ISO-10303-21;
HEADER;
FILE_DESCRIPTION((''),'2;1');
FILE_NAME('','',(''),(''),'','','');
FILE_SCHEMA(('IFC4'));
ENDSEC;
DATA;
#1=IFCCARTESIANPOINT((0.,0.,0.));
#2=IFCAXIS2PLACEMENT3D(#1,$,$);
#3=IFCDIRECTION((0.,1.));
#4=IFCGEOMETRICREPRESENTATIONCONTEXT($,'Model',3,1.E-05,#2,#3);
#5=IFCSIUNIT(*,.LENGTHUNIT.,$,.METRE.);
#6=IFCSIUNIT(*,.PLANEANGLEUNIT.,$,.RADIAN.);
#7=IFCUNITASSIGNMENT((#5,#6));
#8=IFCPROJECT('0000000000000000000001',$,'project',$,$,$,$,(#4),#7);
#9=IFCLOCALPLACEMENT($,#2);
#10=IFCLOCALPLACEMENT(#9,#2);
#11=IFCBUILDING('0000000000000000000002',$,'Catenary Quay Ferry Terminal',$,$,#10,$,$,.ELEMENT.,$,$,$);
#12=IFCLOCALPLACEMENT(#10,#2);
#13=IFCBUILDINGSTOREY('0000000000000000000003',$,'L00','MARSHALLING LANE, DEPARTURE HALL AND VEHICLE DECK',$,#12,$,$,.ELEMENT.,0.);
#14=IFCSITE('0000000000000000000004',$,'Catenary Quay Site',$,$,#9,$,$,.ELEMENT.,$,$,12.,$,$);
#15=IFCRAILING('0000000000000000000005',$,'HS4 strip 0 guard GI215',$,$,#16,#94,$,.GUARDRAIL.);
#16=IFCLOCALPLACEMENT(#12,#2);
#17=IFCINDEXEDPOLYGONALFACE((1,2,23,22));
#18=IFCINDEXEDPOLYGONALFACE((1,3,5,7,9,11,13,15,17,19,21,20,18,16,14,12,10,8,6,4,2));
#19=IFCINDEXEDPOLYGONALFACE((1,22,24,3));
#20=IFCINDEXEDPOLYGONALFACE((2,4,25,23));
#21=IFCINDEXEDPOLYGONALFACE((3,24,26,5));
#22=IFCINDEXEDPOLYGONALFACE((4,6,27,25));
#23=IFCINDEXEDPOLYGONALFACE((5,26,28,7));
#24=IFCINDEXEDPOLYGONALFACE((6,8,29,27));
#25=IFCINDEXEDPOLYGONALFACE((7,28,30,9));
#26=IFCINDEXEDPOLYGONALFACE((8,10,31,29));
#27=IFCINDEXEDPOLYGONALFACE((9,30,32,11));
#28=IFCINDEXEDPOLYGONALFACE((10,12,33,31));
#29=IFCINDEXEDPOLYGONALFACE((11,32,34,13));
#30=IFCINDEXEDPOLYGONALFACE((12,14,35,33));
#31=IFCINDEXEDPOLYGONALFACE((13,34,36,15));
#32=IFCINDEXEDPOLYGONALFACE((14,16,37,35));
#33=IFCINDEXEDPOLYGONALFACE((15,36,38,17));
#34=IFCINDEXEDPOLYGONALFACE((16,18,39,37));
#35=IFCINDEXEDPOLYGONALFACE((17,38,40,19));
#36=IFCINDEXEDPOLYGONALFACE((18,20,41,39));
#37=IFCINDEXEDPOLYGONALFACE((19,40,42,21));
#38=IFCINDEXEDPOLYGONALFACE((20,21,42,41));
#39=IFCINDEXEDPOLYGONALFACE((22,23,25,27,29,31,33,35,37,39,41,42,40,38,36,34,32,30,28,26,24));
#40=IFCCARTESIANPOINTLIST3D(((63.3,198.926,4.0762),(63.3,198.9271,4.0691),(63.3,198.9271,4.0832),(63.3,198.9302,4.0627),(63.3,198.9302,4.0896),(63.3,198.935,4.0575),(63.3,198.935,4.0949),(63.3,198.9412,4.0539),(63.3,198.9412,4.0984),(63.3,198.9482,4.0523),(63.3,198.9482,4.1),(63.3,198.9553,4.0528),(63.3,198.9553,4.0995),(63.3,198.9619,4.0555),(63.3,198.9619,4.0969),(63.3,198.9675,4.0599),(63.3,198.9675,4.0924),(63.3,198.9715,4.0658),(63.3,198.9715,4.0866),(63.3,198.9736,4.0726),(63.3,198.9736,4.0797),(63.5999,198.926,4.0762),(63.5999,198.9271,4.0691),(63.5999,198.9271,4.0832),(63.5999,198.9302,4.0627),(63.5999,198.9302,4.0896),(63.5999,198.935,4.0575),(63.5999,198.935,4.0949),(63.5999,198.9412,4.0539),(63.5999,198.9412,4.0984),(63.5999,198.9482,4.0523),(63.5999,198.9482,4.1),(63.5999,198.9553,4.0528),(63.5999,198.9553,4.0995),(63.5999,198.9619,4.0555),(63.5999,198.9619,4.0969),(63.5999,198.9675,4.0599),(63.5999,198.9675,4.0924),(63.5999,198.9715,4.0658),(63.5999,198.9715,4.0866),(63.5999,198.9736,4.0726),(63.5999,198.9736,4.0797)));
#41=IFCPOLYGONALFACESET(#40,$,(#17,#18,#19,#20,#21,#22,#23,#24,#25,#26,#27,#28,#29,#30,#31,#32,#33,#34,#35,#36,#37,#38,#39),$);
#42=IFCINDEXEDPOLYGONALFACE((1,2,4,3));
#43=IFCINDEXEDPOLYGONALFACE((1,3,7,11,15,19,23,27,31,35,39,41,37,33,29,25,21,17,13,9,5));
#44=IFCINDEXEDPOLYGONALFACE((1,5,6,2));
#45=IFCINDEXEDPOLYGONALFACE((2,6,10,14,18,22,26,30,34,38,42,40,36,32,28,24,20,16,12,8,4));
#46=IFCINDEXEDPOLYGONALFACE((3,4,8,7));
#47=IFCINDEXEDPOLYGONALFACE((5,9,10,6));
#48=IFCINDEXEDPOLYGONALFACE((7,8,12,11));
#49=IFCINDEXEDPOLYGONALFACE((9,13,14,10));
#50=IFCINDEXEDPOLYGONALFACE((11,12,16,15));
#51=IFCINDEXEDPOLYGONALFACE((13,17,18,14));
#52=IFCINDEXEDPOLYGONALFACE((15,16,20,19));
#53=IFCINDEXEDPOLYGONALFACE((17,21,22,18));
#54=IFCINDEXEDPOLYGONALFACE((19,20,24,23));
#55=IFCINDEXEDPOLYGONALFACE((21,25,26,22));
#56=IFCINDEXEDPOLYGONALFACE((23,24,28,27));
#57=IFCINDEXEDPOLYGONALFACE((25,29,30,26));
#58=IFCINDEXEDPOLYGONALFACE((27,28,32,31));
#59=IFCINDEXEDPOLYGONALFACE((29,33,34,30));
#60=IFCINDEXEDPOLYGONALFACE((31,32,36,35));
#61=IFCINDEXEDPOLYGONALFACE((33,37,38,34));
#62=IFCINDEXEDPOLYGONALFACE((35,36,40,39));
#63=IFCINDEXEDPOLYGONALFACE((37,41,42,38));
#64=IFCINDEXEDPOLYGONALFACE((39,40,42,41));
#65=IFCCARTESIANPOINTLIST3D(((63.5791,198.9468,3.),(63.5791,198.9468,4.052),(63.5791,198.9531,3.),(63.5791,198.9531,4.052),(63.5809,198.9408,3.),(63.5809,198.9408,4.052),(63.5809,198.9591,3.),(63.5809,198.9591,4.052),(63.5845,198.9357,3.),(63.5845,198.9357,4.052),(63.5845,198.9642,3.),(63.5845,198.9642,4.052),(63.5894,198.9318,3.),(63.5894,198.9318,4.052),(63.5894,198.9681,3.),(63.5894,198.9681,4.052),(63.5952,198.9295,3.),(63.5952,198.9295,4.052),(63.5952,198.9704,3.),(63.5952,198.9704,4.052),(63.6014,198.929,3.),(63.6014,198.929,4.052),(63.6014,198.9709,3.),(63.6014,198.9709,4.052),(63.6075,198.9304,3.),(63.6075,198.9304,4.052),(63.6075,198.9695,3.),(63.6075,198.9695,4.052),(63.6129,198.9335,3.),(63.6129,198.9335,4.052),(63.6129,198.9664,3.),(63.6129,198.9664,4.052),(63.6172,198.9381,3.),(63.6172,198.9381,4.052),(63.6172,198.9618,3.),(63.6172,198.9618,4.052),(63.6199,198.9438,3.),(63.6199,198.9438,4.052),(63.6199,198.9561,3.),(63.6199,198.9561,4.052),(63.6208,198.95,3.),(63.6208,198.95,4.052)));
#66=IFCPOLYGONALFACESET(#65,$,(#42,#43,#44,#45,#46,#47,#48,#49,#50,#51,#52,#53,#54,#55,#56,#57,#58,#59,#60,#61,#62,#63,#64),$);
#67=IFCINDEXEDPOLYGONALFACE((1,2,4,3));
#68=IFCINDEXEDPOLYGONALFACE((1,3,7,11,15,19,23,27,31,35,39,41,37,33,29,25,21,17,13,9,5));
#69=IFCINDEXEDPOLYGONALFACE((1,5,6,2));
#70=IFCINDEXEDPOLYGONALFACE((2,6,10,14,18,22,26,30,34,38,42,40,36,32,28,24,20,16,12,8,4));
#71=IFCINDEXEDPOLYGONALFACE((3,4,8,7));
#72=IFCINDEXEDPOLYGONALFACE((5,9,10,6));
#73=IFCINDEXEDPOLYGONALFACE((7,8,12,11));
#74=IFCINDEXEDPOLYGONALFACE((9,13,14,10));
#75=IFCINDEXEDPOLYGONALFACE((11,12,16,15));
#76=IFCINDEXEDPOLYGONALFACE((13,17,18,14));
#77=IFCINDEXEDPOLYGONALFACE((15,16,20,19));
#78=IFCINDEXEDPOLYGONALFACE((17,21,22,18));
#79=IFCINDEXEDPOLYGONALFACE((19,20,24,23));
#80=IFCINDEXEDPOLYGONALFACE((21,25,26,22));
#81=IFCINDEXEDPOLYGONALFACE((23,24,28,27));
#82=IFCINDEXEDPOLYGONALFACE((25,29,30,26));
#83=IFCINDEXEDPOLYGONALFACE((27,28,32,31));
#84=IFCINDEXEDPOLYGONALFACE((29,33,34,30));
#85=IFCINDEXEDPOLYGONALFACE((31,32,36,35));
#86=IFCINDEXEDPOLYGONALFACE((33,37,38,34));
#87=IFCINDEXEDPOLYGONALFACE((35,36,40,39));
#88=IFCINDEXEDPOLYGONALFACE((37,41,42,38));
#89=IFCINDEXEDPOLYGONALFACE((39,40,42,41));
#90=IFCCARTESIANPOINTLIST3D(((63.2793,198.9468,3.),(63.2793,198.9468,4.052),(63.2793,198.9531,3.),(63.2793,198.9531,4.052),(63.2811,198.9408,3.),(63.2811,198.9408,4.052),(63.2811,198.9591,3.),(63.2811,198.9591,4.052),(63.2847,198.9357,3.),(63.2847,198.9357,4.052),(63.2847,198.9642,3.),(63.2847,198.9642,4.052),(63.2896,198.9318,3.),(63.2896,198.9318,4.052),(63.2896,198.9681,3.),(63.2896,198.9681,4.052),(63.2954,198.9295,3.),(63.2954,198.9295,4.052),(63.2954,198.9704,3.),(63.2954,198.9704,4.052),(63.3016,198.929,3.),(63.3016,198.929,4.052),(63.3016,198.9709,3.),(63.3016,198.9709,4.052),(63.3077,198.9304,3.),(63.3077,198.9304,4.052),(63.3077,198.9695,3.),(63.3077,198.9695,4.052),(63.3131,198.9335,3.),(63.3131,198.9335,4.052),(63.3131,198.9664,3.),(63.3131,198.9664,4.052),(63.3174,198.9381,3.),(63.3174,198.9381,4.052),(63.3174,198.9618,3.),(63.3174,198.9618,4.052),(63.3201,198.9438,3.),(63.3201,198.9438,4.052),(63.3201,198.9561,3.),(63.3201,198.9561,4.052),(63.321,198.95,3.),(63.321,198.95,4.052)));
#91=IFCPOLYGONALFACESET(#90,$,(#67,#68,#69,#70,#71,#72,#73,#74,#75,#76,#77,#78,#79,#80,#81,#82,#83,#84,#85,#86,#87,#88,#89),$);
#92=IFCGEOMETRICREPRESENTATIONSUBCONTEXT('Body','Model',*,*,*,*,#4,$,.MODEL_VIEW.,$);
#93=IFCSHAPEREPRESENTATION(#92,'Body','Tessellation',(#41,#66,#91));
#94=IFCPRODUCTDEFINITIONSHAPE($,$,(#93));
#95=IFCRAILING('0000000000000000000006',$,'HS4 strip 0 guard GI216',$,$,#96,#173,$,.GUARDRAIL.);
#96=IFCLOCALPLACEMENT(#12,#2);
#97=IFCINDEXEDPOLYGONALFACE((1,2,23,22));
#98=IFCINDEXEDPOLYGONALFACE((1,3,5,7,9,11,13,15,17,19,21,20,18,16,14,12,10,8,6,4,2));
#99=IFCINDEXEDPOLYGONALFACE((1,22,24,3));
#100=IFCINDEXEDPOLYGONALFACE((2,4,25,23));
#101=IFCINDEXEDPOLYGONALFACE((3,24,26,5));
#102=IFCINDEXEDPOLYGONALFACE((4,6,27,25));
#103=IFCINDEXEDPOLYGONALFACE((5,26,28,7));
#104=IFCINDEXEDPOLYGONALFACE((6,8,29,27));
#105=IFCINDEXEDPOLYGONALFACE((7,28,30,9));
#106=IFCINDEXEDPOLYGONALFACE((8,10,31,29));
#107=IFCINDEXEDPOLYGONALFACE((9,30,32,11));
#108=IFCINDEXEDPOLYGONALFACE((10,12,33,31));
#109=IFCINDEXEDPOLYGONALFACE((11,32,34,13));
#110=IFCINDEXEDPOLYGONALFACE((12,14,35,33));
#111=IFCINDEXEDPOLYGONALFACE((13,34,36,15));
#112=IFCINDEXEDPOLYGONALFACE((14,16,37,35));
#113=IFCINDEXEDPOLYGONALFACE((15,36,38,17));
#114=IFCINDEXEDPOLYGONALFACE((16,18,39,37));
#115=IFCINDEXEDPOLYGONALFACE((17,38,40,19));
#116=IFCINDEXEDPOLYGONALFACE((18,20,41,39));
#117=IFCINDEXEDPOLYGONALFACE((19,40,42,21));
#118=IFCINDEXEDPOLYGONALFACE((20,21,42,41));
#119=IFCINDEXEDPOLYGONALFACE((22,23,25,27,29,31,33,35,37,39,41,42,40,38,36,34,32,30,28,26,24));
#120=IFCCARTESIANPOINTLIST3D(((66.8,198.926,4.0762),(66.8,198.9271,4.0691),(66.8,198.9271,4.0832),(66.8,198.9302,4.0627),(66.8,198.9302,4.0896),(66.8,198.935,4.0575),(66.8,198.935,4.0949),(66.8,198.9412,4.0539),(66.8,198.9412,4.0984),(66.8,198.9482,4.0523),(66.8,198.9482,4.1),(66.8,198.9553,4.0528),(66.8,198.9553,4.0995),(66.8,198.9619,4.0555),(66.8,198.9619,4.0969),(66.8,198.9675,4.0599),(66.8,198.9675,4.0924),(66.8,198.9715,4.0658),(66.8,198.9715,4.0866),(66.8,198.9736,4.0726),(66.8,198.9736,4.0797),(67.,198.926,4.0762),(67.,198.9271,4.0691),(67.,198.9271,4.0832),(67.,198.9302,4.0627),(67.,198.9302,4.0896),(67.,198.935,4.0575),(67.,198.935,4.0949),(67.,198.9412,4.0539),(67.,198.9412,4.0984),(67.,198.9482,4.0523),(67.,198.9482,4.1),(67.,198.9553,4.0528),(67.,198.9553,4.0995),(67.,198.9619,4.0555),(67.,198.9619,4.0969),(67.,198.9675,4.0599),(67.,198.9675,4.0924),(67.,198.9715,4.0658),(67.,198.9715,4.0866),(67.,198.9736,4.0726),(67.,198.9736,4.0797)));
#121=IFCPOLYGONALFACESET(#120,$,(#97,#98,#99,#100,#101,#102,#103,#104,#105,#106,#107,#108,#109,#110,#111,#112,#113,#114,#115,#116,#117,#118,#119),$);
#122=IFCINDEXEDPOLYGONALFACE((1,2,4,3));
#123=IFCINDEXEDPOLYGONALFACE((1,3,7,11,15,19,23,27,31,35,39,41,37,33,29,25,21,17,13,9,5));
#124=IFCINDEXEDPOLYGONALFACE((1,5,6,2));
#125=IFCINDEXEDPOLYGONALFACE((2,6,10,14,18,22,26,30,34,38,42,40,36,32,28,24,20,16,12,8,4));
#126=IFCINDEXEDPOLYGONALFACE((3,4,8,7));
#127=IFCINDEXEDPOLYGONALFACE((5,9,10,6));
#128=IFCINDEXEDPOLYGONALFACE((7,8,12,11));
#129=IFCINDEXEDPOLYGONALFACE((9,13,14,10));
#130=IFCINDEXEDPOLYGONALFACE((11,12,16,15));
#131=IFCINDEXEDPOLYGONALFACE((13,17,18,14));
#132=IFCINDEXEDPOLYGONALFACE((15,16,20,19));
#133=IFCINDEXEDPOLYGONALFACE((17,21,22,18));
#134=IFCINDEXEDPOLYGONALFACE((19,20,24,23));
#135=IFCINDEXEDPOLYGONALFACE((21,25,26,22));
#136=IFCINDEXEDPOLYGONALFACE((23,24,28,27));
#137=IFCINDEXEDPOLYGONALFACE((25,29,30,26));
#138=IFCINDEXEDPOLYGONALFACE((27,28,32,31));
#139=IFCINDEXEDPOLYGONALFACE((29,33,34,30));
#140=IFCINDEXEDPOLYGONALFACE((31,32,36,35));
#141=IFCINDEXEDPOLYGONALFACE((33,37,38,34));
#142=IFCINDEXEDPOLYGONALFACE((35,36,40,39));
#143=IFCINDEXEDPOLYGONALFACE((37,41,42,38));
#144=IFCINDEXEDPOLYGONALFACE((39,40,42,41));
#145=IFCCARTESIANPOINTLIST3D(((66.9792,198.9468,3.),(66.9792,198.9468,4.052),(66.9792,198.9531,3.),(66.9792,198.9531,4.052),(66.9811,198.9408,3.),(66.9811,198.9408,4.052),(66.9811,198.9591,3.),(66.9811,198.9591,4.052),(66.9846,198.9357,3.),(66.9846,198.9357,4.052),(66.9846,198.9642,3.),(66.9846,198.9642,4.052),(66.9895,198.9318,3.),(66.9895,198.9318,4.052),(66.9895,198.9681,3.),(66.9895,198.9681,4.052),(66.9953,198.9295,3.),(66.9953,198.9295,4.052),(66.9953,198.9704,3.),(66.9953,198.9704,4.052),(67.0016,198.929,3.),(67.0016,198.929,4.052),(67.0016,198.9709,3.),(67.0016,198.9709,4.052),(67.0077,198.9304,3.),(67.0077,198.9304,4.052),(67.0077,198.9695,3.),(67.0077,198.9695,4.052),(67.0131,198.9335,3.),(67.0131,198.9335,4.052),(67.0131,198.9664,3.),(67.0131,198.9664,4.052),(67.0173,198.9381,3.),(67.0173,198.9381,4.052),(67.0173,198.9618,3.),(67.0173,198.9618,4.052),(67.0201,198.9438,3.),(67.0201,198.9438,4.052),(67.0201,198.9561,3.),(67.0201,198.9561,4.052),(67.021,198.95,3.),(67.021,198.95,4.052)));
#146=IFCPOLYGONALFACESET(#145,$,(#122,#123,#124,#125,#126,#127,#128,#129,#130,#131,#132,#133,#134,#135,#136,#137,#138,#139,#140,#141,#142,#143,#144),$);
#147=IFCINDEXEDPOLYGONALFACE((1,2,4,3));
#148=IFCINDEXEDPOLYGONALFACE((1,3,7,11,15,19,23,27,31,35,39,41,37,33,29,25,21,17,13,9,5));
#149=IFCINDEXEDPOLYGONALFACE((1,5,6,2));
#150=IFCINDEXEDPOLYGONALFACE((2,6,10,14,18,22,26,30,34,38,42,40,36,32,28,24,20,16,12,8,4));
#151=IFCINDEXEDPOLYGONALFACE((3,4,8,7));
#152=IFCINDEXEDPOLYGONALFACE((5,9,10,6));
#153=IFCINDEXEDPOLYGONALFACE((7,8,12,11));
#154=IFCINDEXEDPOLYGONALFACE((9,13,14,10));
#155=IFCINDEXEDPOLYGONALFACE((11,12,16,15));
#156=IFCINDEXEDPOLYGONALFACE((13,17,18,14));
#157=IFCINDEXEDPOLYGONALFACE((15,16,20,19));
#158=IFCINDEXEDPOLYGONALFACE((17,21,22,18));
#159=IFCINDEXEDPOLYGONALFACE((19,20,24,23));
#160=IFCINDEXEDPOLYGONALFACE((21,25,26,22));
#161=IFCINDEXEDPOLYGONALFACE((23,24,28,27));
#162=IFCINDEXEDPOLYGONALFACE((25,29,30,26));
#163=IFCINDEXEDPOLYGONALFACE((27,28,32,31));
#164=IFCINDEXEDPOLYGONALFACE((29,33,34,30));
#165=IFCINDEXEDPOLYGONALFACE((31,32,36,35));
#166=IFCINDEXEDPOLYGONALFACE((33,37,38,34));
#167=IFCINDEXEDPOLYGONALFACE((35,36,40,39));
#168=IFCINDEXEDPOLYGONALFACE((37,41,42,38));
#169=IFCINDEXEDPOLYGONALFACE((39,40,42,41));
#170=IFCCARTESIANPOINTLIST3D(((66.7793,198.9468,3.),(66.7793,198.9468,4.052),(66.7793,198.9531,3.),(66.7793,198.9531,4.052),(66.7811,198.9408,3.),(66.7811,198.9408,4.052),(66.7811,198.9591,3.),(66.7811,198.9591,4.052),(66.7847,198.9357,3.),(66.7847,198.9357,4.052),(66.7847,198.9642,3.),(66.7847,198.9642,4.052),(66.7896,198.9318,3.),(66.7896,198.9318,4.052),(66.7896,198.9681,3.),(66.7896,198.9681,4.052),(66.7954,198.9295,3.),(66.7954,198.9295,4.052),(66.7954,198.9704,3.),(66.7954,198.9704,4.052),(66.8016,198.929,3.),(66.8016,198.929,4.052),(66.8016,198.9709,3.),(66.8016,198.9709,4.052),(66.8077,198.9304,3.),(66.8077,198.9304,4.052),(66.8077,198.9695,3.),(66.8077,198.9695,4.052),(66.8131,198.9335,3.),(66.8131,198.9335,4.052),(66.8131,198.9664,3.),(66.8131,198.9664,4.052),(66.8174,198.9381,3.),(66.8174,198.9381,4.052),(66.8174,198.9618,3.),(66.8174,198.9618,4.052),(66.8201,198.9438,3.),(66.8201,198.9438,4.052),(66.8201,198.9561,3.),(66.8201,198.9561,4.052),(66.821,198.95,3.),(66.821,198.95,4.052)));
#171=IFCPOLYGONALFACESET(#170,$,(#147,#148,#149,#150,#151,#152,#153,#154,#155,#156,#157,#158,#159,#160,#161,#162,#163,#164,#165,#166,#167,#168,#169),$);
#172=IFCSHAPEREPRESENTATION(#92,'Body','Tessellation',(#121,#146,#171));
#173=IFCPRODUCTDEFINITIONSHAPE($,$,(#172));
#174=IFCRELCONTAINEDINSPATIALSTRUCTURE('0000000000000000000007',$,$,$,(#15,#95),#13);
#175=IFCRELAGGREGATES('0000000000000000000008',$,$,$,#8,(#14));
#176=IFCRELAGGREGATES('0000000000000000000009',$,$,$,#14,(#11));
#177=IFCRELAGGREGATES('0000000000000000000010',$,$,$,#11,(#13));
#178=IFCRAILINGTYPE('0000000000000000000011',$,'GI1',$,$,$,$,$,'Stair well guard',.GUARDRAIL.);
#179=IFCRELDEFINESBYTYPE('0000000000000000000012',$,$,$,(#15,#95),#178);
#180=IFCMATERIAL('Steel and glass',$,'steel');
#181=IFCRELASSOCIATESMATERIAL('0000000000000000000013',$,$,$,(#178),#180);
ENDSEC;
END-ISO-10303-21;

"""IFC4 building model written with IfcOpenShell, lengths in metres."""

from ifc_helpers import new_model, si_unit, direction, frame, origin, origin_2d, place, context, subcontext, project, spatial, circle, extrude, material, type_object, element, save


model = new_model("IFC4")

# Units and contexts
model_context = context("Model", 3, precision=1e-05, world=origin(), true_north=direction((0.0, 1.0)))
body_context = subcontext(model_context, "Body", "Model", "MODEL_VIEW")
ifc_project = project(units=[si_unit("LENGTHUNIT", "METRE"), si_unit("PLANEANGLEUNIT", "RADIAN")], contexts=[model_context])

# Site, building, storey
site_placement = place(None, origin())
site = spatial("IfcSite", under=ifc_project, at=site_placement, Name="Catenary Quay Site", CompositionType="ELEMENT", RefElevation=12.0)
building_placement = place(site_placement, origin())
building = spatial("IfcBuilding", under=site, at=building_placement, Name="Catenary Quay Ferry Terminal", CompositionType="ELEMENT")
storey_placement = place(building_placement, origin())
storey = spatial("IfcBuildingStorey", under=building, at=storey_placement, Name="L00", Description="MARSHALLING LANE, DEPARTURE HALL AND VEHICLE DECK", CompositionType="ELEMENT", Elevation=0.0)

# Railings
ifc_material_1 = material(Name="Steel and glass", Category="steel")
railing_type_1 = type_object("IfcRailingType", Name="GI1", ElementType="Stair well guard", PredefinedType="GUARDRAIL", material=ifc_material_1)
railing_1_placement = place(storey_placement, frame((63.5999, 198.95, 3.0)))
element("IfcRailing", 1, at=railing_1_placement, inside=storey, type_object=railing_type_1, Name="HS4 strip 0 guard GI215", PredefinedType="GUARDRAIL", context=body_context, shape_type="SweptSolid", body=[
    extrude(circle(Radius=0.0239, at=origin_2d()), frame((0.0, 0.0, 1.0762), z_axis=(-1.0, 0.0, 0.0), x_axis=(0.0, -1.0, 0.0)), (0.0, 0.0, 1.0), 0.2998),
    extrude(circle(Radius=0.021, at=origin_2d()), origin(), (0.0, 0.0, 1.0), 1.052),
    extrude(circle(Radius=0.021, at=origin_2d()), frame((-0.2998, 0.0, 0.0)), (0.0, 0.0, 1.0), 1.052),
])
railing_2_placement = place(storey_placement, frame((67.0, 198.95, 3.0)))
element("IfcRailing", 2, at=railing_2_placement, inside=storey, type_object=railing_type_1, Name="HS4 strip 0 guard GI216", PredefinedType="GUARDRAIL", context=body_context, shape_type="SweptSolid", body=[
    extrude(circle(Radius=0.0239, at=origin_2d()), frame((0.0, 0.0, 1.0762), z_axis=(-1.0, 0.0, 0.0), x_axis=(0.0, -1.0, 0.0)), (0.0, 0.0, 1.0), 0.2),
    extrude(circle(Radius=0.021, at=origin_2d()), origin(), (0.0, 0.0, 1.0), 1.052),
    extrude(circle(Radius=0.021, at=origin_2d()), frame((-0.2, 0.0, 0.0)), (0.0, 0.0, 1.0), 1.052),
])

save(model, "model.ifc")
